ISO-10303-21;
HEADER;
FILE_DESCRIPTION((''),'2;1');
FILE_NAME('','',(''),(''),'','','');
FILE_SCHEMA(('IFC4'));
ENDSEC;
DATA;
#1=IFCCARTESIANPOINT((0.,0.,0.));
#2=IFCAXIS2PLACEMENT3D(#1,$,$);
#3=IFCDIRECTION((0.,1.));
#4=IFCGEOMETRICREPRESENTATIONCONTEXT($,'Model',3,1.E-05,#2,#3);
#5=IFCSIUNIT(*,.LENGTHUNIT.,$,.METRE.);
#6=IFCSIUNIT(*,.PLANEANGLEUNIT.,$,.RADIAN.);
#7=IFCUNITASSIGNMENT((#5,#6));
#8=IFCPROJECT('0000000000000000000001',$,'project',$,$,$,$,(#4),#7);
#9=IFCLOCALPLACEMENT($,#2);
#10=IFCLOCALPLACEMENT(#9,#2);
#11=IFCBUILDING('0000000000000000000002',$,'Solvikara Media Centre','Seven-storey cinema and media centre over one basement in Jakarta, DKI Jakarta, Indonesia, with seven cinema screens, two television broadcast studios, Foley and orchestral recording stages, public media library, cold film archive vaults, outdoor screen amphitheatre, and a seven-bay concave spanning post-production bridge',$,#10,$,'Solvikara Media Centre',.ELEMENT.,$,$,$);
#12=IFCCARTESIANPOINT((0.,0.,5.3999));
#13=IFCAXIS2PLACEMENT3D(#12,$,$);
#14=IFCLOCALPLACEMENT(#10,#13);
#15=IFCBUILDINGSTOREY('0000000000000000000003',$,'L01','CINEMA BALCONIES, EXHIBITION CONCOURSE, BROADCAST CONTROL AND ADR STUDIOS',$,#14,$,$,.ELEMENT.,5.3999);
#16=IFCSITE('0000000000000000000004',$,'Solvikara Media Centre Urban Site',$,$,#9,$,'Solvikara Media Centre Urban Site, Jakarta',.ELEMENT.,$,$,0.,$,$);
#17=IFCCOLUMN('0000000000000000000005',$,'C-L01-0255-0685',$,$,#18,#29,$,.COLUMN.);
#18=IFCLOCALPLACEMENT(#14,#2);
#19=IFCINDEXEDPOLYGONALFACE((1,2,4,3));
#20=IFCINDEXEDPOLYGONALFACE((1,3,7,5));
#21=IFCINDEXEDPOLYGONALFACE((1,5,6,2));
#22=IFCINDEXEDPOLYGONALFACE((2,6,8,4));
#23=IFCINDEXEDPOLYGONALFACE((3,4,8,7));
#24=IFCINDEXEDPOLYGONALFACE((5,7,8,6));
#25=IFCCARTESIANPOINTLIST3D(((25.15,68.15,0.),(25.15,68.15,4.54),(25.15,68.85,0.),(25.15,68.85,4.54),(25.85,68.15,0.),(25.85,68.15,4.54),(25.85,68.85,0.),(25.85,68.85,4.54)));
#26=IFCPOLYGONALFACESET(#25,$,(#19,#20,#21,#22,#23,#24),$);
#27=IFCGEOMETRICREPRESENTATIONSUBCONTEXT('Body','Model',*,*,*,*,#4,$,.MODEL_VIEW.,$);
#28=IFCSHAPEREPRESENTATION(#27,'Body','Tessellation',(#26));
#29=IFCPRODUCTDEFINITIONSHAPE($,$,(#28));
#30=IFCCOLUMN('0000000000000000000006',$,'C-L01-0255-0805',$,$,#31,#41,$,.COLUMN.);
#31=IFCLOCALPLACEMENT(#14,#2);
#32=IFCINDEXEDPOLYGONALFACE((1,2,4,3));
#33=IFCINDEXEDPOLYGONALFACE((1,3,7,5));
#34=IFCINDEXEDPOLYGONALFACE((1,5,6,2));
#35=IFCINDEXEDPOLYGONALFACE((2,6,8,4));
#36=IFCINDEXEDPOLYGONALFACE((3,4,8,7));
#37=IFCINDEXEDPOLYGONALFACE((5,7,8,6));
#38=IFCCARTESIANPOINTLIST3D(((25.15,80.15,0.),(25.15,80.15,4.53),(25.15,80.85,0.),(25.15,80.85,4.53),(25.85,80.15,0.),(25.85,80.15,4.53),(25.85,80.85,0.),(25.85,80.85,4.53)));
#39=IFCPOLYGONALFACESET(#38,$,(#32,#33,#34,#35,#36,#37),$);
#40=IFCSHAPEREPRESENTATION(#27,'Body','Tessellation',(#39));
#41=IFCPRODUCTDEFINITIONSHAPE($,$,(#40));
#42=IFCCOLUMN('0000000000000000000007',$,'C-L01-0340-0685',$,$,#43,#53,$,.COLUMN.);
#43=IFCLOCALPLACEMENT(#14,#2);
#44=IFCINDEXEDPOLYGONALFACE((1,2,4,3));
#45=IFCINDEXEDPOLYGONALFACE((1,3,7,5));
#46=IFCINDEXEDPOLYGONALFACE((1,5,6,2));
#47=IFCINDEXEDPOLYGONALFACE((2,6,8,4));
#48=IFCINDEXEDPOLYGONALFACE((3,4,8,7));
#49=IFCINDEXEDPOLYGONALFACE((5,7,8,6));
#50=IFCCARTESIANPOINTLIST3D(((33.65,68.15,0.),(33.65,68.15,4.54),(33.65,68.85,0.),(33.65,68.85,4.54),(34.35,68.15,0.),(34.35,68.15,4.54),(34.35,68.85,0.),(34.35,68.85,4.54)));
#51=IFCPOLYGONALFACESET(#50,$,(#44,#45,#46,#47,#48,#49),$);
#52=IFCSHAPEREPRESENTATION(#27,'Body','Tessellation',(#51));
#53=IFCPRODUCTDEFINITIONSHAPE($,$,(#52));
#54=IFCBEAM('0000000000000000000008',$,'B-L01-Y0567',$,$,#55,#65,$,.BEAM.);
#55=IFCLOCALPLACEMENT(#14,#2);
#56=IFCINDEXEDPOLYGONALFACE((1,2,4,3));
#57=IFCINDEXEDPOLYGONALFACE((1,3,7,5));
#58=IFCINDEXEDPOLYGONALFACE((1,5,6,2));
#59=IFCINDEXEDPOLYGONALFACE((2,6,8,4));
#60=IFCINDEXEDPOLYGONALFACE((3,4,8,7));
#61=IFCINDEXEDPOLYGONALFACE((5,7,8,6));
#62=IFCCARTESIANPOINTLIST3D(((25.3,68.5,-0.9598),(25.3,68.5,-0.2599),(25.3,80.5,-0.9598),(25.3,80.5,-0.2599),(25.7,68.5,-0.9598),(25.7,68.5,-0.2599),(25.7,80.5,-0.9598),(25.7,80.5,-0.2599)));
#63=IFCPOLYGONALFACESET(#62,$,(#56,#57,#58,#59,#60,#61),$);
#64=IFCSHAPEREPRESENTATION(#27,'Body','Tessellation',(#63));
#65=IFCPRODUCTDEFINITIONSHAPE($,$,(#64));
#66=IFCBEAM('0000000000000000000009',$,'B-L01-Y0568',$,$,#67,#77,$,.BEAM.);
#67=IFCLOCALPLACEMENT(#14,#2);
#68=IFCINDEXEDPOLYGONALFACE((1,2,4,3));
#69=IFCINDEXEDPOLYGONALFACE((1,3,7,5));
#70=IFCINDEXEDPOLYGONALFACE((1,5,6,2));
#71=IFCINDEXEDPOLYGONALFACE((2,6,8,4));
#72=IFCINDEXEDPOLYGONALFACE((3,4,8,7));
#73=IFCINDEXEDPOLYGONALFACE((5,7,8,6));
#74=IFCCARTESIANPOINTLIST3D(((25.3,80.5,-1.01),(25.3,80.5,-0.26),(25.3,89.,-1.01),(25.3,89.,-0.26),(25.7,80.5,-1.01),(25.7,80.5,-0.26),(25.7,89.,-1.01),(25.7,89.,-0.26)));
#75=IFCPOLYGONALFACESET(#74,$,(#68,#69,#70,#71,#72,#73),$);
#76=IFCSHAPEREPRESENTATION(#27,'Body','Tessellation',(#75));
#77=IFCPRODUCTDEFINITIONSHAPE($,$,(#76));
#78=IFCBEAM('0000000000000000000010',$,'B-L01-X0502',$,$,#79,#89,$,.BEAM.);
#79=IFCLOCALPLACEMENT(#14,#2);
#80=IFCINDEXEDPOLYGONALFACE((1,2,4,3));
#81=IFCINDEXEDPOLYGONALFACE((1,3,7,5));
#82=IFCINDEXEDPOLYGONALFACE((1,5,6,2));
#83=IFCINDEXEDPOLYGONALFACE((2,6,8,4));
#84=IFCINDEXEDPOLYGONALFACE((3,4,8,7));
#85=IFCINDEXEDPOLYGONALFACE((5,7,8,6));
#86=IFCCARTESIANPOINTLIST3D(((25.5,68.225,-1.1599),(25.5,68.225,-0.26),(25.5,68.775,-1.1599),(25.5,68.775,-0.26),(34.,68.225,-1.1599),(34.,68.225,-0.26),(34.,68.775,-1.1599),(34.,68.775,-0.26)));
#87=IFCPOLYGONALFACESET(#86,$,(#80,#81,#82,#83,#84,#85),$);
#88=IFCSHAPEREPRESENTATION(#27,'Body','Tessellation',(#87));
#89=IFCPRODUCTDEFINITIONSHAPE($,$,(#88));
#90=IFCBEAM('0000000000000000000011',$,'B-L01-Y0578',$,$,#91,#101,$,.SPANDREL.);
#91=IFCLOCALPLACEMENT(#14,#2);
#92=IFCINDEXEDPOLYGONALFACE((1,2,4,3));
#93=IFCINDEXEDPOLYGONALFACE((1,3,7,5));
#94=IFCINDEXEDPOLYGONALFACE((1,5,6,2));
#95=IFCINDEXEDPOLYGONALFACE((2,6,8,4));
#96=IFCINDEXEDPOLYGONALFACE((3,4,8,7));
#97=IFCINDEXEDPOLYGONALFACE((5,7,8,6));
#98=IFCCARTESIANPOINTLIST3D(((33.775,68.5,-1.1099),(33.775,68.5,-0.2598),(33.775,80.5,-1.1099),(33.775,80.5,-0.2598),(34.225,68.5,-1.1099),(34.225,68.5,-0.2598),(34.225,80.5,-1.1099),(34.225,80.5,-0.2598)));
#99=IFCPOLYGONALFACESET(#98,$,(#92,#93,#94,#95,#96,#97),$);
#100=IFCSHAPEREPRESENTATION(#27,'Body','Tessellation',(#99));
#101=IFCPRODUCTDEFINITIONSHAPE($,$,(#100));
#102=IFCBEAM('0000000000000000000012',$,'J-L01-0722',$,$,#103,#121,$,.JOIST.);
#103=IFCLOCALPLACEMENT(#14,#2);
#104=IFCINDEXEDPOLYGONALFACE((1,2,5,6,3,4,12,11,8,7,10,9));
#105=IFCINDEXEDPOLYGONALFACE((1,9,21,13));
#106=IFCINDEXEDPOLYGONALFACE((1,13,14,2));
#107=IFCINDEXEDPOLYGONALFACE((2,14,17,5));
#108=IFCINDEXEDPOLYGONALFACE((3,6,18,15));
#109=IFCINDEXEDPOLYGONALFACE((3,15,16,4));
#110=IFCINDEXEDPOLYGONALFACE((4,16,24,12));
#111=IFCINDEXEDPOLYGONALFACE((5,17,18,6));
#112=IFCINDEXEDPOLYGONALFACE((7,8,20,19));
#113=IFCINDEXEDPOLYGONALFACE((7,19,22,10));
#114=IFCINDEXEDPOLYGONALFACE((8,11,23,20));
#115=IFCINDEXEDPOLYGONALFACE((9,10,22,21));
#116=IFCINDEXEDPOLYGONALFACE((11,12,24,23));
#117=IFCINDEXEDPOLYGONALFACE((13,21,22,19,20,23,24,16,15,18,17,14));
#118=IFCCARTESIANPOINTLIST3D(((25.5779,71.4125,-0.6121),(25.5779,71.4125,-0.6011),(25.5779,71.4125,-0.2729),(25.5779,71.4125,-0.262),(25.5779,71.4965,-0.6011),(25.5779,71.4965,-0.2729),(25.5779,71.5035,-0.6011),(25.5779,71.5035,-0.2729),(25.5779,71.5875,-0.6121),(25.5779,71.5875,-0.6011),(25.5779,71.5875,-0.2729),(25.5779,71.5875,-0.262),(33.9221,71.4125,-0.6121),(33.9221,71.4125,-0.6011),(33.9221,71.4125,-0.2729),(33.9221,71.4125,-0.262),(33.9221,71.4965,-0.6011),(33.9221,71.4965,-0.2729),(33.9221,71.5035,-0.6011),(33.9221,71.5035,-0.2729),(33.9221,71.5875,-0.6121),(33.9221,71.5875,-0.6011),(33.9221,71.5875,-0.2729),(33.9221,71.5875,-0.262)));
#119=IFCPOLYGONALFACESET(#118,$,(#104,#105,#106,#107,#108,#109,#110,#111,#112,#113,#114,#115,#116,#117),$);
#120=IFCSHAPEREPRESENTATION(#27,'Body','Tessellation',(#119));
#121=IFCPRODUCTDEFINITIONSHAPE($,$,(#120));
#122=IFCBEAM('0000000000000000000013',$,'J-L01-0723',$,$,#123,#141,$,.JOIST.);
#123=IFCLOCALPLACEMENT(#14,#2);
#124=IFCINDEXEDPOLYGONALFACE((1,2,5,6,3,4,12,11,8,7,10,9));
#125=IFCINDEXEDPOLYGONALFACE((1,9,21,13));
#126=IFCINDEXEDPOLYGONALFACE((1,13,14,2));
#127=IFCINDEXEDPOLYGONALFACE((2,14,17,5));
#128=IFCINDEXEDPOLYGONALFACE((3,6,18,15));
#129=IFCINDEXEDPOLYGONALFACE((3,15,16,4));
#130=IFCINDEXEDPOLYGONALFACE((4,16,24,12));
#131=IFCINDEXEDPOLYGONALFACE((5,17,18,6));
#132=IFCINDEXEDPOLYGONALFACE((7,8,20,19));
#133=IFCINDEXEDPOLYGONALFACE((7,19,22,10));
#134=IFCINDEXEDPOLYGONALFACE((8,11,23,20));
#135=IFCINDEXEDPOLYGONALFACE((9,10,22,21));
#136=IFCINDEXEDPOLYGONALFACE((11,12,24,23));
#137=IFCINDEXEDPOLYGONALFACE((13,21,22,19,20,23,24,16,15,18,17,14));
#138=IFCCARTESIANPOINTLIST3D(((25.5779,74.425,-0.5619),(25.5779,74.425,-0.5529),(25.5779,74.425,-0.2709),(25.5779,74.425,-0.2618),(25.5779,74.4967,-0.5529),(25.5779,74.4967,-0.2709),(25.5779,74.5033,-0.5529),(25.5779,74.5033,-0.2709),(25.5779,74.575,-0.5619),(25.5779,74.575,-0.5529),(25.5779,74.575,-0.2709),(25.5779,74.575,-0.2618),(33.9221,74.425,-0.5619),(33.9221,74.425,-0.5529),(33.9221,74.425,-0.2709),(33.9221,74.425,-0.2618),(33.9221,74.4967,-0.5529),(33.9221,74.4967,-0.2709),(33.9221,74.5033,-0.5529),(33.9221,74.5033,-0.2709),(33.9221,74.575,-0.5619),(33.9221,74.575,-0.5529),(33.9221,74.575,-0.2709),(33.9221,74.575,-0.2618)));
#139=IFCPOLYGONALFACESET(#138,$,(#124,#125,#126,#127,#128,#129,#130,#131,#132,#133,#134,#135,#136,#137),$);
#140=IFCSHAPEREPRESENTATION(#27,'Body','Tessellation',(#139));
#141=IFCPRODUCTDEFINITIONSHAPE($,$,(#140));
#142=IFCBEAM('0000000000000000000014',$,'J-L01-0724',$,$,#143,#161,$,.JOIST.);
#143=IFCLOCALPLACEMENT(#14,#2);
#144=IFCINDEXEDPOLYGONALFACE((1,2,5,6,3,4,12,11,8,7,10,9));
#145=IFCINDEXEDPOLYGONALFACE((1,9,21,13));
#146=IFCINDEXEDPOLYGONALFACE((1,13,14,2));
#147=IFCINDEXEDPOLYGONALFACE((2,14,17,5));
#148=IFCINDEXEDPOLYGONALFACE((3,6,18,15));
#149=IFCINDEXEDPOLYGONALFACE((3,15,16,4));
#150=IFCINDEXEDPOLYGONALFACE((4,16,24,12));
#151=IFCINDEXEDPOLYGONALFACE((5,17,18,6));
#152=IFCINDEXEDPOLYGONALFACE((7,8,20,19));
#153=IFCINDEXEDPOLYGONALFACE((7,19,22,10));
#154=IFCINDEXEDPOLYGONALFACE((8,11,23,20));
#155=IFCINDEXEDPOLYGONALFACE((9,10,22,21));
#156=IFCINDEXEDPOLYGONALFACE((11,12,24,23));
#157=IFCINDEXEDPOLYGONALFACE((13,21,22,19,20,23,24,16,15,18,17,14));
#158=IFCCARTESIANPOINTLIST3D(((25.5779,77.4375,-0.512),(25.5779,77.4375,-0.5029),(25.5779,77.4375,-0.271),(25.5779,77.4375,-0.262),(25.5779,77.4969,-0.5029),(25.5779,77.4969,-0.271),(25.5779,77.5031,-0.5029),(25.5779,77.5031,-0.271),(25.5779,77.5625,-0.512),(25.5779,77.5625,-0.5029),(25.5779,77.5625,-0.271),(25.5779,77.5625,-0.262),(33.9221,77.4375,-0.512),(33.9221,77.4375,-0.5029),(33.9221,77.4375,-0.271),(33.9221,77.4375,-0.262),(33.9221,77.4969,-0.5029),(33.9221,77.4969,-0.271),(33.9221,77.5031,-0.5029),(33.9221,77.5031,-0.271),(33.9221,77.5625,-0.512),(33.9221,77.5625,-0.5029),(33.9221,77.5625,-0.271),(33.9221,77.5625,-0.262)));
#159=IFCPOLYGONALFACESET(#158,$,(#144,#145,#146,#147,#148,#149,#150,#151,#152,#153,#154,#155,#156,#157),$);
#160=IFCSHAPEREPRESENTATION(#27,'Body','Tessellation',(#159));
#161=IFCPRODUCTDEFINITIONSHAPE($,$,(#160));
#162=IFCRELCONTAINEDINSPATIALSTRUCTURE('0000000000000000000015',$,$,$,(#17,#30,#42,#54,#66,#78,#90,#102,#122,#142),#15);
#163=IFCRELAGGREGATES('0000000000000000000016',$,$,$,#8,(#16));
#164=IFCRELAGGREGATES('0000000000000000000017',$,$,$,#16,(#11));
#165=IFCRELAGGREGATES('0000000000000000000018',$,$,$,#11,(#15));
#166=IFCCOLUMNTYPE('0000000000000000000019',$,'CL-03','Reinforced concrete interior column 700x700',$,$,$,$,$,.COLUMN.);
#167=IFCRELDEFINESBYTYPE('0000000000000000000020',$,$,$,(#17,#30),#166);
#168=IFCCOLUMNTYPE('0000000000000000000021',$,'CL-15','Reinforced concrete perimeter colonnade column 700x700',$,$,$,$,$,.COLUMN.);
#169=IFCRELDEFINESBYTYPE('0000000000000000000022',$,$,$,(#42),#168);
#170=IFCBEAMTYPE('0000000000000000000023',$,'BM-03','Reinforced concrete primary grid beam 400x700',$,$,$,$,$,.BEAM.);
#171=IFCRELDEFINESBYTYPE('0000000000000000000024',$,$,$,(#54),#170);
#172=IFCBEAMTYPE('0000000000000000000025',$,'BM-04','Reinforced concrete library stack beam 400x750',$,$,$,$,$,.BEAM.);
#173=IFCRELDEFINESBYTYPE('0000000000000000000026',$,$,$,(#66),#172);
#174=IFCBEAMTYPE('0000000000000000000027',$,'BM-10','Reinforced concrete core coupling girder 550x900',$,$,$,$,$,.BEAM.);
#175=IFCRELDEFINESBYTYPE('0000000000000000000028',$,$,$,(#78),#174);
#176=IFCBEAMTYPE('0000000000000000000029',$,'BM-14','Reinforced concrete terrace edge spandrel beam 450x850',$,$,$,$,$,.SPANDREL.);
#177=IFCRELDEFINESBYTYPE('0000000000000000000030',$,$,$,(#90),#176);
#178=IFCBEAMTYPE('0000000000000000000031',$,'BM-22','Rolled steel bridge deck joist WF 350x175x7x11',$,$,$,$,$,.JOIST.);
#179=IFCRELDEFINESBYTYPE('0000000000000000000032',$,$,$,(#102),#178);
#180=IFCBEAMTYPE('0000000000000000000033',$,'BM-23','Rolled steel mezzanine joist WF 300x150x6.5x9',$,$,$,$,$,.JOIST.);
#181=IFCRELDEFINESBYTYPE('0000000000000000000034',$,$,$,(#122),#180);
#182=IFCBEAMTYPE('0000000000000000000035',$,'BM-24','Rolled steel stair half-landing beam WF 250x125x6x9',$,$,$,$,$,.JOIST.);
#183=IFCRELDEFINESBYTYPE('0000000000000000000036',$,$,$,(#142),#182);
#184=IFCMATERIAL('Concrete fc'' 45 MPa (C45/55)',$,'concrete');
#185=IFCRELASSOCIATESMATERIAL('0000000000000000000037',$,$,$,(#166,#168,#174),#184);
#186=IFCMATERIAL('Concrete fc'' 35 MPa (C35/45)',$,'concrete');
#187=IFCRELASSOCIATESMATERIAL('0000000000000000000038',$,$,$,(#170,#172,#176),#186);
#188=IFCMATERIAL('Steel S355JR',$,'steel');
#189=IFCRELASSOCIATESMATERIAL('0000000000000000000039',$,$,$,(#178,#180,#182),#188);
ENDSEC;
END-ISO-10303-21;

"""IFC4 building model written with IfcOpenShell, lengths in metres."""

from ifc_helpers import new_model, si_unit, direction, frame, origin, origin_2d, place, context, subcontext, project, spatial, rectangle, i_section, extrude, material, material_profile, profile_set, type_object, element, save


model = new_model("IFC4")

# Units and contexts
model_context = context("Model", 3, precision=1e-05, world=origin(), true_north=direction((0.0, 1.0)))
body_context = subcontext(model_context, "Body", "Model", "MODEL_VIEW")
ifc_project = project(units=[si_unit("LENGTHUNIT", "METRE"), si_unit("PLANEANGLEUNIT", "RADIAN")], contexts=[model_context])

# Site, building, storey
site_placement = place(None, origin())
site = spatial("IfcSite", under=ifc_project, at=site_placement, Name="Solvikara Media Centre Urban Site", LongName="Solvikara Media Centre Urban Site, Jakarta", CompositionType="ELEMENT", RefElevation=0.0)
building_placement = place(site_placement, origin())
building = spatial("IfcBuilding", under=site, at=building_placement, Name="Solvikara Media Centre", Description="Seven-storey cinema and media centre over one basement in Jakarta, DKI Jakarta, Indonesia, with seven cinema screens, two television broadcast studios, Foley and orchestral recording stages, public media library, cold film archive vaults, outdoor screen amphitheatre, and a seven-bay concave spanning post-production bridge", LongName="Solvikara Media Centre", CompositionType="ELEMENT")
storey_placement = place(building_placement, frame((0.0, 0.0, 5.3999)))
storey = spatial("IfcBuildingStorey", under=building, at=storey_placement, Name="L01", Description="CINEMA BALCONIES, EXHIBITION CONCOURSE, BROADCAST CONTROL AND ADR STUDIOS", CompositionType="ELEMENT", Elevation=5.3999)

# Columns
ifc_material_1 = material(Name="Concrete fc' 45 MPa (C45/55)", Category="concrete")
ifc_material_profile_1 = material_profile(ifc_material_1, rectangle(XDim=0.7, YDim=0.7, at=origin_2d()), Name="RC 700x700")
ifc_profile_set_1 = profile_set([ifc_material_profile_1], Name="Concrete fc' 45 MPa (C45/55)")
column_type_1 = type_object("IfcColumnType", Name="CL-03", Description="Reinforced concrete interior column 700x700", PredefinedType="COLUMN", material=ifc_profile_set_1)
column_1_placement = place(storey_placement, frame((25.5, 68.5, 0.0), z_axis=(0.0, 0.0, 1.0), x_axis=(1.0, 0.0, 0.0)))
element("IfcColumn", 1, at=column_1_placement, inside=storey, type_object=column_type_1, Name="C-L01-0255-0685", PredefinedType="COLUMN", context=body_context, shape_type="SweptSolid", body=[
    extrude(rectangle(XDim=0.7, YDim=0.7, at=origin_2d()), origin(), (0.0, 0.0, 1.0), 4.54),
])
column_2_placement = place(storey_placement, frame((25.5, 80.5, 0.0), z_axis=(0.0, 0.0, 1.0), x_axis=(1.0, 0.0, 0.0)))
element("IfcColumn", 2, at=column_2_placement, inside=storey, type_object=column_type_1, Name="C-L01-0255-0805", PredefinedType="COLUMN", context=body_context, shape_type="SweptSolid", body=[
    extrude(rectangle(XDim=0.7, YDim=0.7, at=origin_2d()), origin(), (0.0, 0.0, 1.0), 4.53),
])
ifc_material_profile_2 = material_profile(ifc_material_1, rectangle(XDim=0.7, YDim=0.7, at=origin_2d()), Name="RC 700x700")
ifc_profile_set_2 = profile_set([ifc_material_profile_2], Name="Concrete fc' 45 MPa (C45/55)")
column_type_2 = type_object("IfcColumnType", Name="CL-15", Description="Reinforced concrete perimeter colonnade column 700x700", PredefinedType="COLUMN", material=ifc_profile_set_2)
column_3_placement = place(storey_placement, frame((34.0, 68.5, 0.0), z_axis=(0.0, 0.0, 1.0), x_axis=(1.0, 0.0, 0.0)))
element("IfcColumn", 3, at=column_3_placement, inside=storey, type_object=column_type_2, Name="C-L01-0340-0685", PredefinedType="COLUMN", context=body_context, shape_type="SweptSolid", body=[
    extrude(rectangle(XDim=0.7, YDim=0.7, at=origin_2d()), origin(), (0.0, 0.0, 1.0), 4.54),
])

# Beams
ifc_material_2 = material(Name="Concrete fc' 35 MPa (C35/45)", Category="concrete")
ifc_material_profile_3 = material_profile(ifc_material_2, rectangle(XDim=0.3999, YDim=0.7, at=origin_2d()), Name="RC 400x700")
ifc_profile_set_3 = profile_set([ifc_material_profile_3], Name="Concrete fc' 35 MPa (C35/45)")
beam_type_1 = type_object("IfcBeamType", Name="BM-03", Description="Reinforced concrete primary grid beam 400x700", PredefinedType="BEAM", material=ifc_profile_set_3)
beam_1_placement = place(storey_placement, frame((25.5, 68.5, -0.6099), z_axis=(0.0, 1.0, 0.0), x_axis=(-1.0, 0.0, 0.0)))
element("IfcBeam", 4, at=beam_1_placement, inside=storey, type_object=beam_type_1, Name="B-L01-Y0567", PredefinedType="BEAM", context=body_context, shape_type="SweptSolid", body=[
    extrude(rectangle(XDim=0.3999, YDim=0.7, at=origin_2d()), origin(), (0.0, 0.0, 1.0), 12.0),
])
ifc_material_profile_4 = material_profile(ifc_material_2, rectangle(XDim=0.3999, YDim=0.75, at=origin_2d()), Name="RC 400x750")
ifc_profile_set_4 = profile_set([ifc_material_profile_4], Name="Concrete fc' 35 MPa (C35/45)")
beam_type_2 = type_object("IfcBeamType", Name="BM-04", Description="Reinforced concrete library stack beam 400x750", PredefinedType="BEAM", material=ifc_profile_set_4)
beam_2_placement = place(storey_placement, frame((25.5, 80.5, -0.635), z_axis=(0.0, 1.0, 0.0), x_axis=(-1.0, 0.0, 0.0)))
element("IfcBeam", 5, at=beam_2_placement, inside=storey, type_object=beam_type_2, Name="B-L01-Y0568", PredefinedType="BEAM", context=body_context, shape_type="SweptSolid", body=[
    extrude(rectangle(XDim=0.3999, YDim=0.75, at=origin_2d()), origin(), (0.0, 0.0, 1.0), 8.5),
])
ifc_material_profile_5 = material_profile(ifc_material_1, rectangle(XDim=0.55, YDim=0.8999, at=origin_2d()), Name="RC 550x900")
ifc_profile_set_5 = profile_set([ifc_material_profile_5], Name="Concrete fc' 45 MPa (C45/55)")
beam_type_3 = type_object("IfcBeamType", Name="BM-10", Description="Reinforced concrete core coupling girder 550x900", PredefinedType="BEAM", material=ifc_profile_set_5)
beam_3_placement = place(storey_placement, frame((25.5, 68.5, -0.71), z_axis=(1.0, 0.0, 0.0), x_axis=(0.0, 1.0, 0.0)))
element("IfcBeam", 6, at=beam_3_placement, inside=storey, type_object=beam_type_3, Name="B-L01-X0502", PredefinedType="BEAM", context=body_context, shape_type="SweptSolid", body=[
    extrude(rectangle(XDim=0.55, YDim=0.8999, at=origin_2d()), origin(), (0.0, 0.0, 1.0), 8.5),
])
ifc_material_profile_6 = material_profile(ifc_material_2, rectangle(XDim=0.45, YDim=0.8501, at=origin_2d()), Name="RC 450x850")
ifc_profile_set_6 = profile_set([ifc_material_profile_6], Name="Concrete fc' 35 MPa (C35/45)")
beam_type_4 = type_object("IfcBeamType", Name="BM-14", Description="Reinforced concrete terrace edge spandrel beam 450x850", PredefinedType="SPANDREL", material=ifc_profile_set_6)
beam_4_placement = place(storey_placement, frame((34.0, 68.5, -0.6848), z_axis=(0.0, 1.0, 0.0), x_axis=(-1.0, 0.0, 0.0)))
element("IfcBeam", 7, at=beam_4_placement, inside=storey, type_object=beam_type_4, Name="B-L01-Y0578", PredefinedType="SPANDREL", context=body_context, shape_type="SweptSolid", body=[
    extrude(rectangle(XDim=0.45, YDim=0.8501, at=origin_2d()), origin(), (0.0, 0.0, 1.0), 12.0),
])
ifc_material_3 = material(Name="Steel S355JR", Category="steel")
ifc_material_profile_7 = material_profile(ifc_material_3, i_section(OverallWidth=0.175, OverallDepth=0.3501, WebThickness=0.0071, FlangeThickness=0.011, at=origin_2d()), Name="WF 350x175x7x11")
ifc_profile_set_7 = profile_set([ifc_material_profile_7], Name="Steel S355JR")
beam_type_5 = type_object("IfcBeamType", Name="BM-22", Description="Rolled steel bridge deck joist WF 350x175x7x11", PredefinedType="JOIST", material=ifc_profile_set_7)
beam_5_placement = place(storey_placement, frame((25.5779, 71.5, -0.437), z_axis=(1.0, 0.0, 0.0), x_axis=(0.0, 1.0, 0.0)))
element("IfcBeam", 8, at=beam_5_placement, inside=storey, type_object=beam_type_5, Name="J-L01-0722", PredefinedType="JOIST", context=body_context, shape_type="SweptSolid", body=[
    extrude(i_section(OverallWidth=0.175, OverallDepth=0.3501, WebThickness=0.0071, FlangeThickness=0.011, at=origin_2d()), origin(), (0.0, 0.0, 1.0), 8.3442),
])
ifc_material_profile_8 = material_profile(ifc_material_3, i_section(OverallWidth=0.1499, OverallDepth=0.3, WebThickness=0.0066, FlangeThickness=0.009, at=origin_2d()), Name="WF 300x150x6.5x9")
ifc_profile_set_8 = profile_set([ifc_material_profile_8], Name="Steel S355JR")
beam_type_6 = type_object("IfcBeamType", Name="BM-23", Description="Rolled steel mezzanine joist WF 300x150x6.5x9", PredefinedType="JOIST", material=ifc_profile_set_8)
beam_6_placement = place(storey_placement, frame((25.5779, 74.5, -0.4119), z_axis=(1.0, 0.0, 0.0), x_axis=(0.0, 1.0, 0.0)))
element("IfcBeam", 9, at=beam_6_placement, inside=storey, type_object=beam_type_6, Name="J-L01-0723", PredefinedType="JOIST", context=body_context, shape_type="SweptSolid", body=[
    extrude(i_section(OverallWidth=0.1499, OverallDepth=0.3, WebThickness=0.0066, FlangeThickness=0.009, at=origin_2d()), origin(), (0.0, 0.0, 1.0), 8.3442),
])
ifc_material_profile_9 = material_profile(ifc_material_3, i_section(OverallWidth=0.125, OverallDepth=0.25, WebThickness=0.0061, FlangeThickness=0.009, at=origin_2d()), Name="WF 250x125x6x9")
ifc_profile_set_9 = profile_set([ifc_material_profile_9], Name="Steel S355JR")
beam_type_7 = type_object("IfcBeamType", Name="BM-24", Description="Rolled steel stair half-landing beam WF 250x125x6x9", PredefinedType="JOIST", material=ifc_profile_set_9)
beam_7_placement = place(storey_placement, frame((25.5779, 77.5, -0.387), z_axis=(1.0, 0.0, 0.0), x_axis=(0.0, 1.0, 0.0)))
element("IfcBeam", 10, at=beam_7_placement, inside=storey, type_object=beam_type_7, Name="J-L01-0724", PredefinedType="JOIST", context=body_context, shape_type="SweptSolid", body=[
    extrude(i_section(OverallWidth=0.125, OverallDepth=0.25, WebThickness=0.0061, FlangeThickness=0.009, at=origin_2d()), origin(), (0.0, 0.0, 1.0), 8.3442),
])

save(model, "model.ifc")
